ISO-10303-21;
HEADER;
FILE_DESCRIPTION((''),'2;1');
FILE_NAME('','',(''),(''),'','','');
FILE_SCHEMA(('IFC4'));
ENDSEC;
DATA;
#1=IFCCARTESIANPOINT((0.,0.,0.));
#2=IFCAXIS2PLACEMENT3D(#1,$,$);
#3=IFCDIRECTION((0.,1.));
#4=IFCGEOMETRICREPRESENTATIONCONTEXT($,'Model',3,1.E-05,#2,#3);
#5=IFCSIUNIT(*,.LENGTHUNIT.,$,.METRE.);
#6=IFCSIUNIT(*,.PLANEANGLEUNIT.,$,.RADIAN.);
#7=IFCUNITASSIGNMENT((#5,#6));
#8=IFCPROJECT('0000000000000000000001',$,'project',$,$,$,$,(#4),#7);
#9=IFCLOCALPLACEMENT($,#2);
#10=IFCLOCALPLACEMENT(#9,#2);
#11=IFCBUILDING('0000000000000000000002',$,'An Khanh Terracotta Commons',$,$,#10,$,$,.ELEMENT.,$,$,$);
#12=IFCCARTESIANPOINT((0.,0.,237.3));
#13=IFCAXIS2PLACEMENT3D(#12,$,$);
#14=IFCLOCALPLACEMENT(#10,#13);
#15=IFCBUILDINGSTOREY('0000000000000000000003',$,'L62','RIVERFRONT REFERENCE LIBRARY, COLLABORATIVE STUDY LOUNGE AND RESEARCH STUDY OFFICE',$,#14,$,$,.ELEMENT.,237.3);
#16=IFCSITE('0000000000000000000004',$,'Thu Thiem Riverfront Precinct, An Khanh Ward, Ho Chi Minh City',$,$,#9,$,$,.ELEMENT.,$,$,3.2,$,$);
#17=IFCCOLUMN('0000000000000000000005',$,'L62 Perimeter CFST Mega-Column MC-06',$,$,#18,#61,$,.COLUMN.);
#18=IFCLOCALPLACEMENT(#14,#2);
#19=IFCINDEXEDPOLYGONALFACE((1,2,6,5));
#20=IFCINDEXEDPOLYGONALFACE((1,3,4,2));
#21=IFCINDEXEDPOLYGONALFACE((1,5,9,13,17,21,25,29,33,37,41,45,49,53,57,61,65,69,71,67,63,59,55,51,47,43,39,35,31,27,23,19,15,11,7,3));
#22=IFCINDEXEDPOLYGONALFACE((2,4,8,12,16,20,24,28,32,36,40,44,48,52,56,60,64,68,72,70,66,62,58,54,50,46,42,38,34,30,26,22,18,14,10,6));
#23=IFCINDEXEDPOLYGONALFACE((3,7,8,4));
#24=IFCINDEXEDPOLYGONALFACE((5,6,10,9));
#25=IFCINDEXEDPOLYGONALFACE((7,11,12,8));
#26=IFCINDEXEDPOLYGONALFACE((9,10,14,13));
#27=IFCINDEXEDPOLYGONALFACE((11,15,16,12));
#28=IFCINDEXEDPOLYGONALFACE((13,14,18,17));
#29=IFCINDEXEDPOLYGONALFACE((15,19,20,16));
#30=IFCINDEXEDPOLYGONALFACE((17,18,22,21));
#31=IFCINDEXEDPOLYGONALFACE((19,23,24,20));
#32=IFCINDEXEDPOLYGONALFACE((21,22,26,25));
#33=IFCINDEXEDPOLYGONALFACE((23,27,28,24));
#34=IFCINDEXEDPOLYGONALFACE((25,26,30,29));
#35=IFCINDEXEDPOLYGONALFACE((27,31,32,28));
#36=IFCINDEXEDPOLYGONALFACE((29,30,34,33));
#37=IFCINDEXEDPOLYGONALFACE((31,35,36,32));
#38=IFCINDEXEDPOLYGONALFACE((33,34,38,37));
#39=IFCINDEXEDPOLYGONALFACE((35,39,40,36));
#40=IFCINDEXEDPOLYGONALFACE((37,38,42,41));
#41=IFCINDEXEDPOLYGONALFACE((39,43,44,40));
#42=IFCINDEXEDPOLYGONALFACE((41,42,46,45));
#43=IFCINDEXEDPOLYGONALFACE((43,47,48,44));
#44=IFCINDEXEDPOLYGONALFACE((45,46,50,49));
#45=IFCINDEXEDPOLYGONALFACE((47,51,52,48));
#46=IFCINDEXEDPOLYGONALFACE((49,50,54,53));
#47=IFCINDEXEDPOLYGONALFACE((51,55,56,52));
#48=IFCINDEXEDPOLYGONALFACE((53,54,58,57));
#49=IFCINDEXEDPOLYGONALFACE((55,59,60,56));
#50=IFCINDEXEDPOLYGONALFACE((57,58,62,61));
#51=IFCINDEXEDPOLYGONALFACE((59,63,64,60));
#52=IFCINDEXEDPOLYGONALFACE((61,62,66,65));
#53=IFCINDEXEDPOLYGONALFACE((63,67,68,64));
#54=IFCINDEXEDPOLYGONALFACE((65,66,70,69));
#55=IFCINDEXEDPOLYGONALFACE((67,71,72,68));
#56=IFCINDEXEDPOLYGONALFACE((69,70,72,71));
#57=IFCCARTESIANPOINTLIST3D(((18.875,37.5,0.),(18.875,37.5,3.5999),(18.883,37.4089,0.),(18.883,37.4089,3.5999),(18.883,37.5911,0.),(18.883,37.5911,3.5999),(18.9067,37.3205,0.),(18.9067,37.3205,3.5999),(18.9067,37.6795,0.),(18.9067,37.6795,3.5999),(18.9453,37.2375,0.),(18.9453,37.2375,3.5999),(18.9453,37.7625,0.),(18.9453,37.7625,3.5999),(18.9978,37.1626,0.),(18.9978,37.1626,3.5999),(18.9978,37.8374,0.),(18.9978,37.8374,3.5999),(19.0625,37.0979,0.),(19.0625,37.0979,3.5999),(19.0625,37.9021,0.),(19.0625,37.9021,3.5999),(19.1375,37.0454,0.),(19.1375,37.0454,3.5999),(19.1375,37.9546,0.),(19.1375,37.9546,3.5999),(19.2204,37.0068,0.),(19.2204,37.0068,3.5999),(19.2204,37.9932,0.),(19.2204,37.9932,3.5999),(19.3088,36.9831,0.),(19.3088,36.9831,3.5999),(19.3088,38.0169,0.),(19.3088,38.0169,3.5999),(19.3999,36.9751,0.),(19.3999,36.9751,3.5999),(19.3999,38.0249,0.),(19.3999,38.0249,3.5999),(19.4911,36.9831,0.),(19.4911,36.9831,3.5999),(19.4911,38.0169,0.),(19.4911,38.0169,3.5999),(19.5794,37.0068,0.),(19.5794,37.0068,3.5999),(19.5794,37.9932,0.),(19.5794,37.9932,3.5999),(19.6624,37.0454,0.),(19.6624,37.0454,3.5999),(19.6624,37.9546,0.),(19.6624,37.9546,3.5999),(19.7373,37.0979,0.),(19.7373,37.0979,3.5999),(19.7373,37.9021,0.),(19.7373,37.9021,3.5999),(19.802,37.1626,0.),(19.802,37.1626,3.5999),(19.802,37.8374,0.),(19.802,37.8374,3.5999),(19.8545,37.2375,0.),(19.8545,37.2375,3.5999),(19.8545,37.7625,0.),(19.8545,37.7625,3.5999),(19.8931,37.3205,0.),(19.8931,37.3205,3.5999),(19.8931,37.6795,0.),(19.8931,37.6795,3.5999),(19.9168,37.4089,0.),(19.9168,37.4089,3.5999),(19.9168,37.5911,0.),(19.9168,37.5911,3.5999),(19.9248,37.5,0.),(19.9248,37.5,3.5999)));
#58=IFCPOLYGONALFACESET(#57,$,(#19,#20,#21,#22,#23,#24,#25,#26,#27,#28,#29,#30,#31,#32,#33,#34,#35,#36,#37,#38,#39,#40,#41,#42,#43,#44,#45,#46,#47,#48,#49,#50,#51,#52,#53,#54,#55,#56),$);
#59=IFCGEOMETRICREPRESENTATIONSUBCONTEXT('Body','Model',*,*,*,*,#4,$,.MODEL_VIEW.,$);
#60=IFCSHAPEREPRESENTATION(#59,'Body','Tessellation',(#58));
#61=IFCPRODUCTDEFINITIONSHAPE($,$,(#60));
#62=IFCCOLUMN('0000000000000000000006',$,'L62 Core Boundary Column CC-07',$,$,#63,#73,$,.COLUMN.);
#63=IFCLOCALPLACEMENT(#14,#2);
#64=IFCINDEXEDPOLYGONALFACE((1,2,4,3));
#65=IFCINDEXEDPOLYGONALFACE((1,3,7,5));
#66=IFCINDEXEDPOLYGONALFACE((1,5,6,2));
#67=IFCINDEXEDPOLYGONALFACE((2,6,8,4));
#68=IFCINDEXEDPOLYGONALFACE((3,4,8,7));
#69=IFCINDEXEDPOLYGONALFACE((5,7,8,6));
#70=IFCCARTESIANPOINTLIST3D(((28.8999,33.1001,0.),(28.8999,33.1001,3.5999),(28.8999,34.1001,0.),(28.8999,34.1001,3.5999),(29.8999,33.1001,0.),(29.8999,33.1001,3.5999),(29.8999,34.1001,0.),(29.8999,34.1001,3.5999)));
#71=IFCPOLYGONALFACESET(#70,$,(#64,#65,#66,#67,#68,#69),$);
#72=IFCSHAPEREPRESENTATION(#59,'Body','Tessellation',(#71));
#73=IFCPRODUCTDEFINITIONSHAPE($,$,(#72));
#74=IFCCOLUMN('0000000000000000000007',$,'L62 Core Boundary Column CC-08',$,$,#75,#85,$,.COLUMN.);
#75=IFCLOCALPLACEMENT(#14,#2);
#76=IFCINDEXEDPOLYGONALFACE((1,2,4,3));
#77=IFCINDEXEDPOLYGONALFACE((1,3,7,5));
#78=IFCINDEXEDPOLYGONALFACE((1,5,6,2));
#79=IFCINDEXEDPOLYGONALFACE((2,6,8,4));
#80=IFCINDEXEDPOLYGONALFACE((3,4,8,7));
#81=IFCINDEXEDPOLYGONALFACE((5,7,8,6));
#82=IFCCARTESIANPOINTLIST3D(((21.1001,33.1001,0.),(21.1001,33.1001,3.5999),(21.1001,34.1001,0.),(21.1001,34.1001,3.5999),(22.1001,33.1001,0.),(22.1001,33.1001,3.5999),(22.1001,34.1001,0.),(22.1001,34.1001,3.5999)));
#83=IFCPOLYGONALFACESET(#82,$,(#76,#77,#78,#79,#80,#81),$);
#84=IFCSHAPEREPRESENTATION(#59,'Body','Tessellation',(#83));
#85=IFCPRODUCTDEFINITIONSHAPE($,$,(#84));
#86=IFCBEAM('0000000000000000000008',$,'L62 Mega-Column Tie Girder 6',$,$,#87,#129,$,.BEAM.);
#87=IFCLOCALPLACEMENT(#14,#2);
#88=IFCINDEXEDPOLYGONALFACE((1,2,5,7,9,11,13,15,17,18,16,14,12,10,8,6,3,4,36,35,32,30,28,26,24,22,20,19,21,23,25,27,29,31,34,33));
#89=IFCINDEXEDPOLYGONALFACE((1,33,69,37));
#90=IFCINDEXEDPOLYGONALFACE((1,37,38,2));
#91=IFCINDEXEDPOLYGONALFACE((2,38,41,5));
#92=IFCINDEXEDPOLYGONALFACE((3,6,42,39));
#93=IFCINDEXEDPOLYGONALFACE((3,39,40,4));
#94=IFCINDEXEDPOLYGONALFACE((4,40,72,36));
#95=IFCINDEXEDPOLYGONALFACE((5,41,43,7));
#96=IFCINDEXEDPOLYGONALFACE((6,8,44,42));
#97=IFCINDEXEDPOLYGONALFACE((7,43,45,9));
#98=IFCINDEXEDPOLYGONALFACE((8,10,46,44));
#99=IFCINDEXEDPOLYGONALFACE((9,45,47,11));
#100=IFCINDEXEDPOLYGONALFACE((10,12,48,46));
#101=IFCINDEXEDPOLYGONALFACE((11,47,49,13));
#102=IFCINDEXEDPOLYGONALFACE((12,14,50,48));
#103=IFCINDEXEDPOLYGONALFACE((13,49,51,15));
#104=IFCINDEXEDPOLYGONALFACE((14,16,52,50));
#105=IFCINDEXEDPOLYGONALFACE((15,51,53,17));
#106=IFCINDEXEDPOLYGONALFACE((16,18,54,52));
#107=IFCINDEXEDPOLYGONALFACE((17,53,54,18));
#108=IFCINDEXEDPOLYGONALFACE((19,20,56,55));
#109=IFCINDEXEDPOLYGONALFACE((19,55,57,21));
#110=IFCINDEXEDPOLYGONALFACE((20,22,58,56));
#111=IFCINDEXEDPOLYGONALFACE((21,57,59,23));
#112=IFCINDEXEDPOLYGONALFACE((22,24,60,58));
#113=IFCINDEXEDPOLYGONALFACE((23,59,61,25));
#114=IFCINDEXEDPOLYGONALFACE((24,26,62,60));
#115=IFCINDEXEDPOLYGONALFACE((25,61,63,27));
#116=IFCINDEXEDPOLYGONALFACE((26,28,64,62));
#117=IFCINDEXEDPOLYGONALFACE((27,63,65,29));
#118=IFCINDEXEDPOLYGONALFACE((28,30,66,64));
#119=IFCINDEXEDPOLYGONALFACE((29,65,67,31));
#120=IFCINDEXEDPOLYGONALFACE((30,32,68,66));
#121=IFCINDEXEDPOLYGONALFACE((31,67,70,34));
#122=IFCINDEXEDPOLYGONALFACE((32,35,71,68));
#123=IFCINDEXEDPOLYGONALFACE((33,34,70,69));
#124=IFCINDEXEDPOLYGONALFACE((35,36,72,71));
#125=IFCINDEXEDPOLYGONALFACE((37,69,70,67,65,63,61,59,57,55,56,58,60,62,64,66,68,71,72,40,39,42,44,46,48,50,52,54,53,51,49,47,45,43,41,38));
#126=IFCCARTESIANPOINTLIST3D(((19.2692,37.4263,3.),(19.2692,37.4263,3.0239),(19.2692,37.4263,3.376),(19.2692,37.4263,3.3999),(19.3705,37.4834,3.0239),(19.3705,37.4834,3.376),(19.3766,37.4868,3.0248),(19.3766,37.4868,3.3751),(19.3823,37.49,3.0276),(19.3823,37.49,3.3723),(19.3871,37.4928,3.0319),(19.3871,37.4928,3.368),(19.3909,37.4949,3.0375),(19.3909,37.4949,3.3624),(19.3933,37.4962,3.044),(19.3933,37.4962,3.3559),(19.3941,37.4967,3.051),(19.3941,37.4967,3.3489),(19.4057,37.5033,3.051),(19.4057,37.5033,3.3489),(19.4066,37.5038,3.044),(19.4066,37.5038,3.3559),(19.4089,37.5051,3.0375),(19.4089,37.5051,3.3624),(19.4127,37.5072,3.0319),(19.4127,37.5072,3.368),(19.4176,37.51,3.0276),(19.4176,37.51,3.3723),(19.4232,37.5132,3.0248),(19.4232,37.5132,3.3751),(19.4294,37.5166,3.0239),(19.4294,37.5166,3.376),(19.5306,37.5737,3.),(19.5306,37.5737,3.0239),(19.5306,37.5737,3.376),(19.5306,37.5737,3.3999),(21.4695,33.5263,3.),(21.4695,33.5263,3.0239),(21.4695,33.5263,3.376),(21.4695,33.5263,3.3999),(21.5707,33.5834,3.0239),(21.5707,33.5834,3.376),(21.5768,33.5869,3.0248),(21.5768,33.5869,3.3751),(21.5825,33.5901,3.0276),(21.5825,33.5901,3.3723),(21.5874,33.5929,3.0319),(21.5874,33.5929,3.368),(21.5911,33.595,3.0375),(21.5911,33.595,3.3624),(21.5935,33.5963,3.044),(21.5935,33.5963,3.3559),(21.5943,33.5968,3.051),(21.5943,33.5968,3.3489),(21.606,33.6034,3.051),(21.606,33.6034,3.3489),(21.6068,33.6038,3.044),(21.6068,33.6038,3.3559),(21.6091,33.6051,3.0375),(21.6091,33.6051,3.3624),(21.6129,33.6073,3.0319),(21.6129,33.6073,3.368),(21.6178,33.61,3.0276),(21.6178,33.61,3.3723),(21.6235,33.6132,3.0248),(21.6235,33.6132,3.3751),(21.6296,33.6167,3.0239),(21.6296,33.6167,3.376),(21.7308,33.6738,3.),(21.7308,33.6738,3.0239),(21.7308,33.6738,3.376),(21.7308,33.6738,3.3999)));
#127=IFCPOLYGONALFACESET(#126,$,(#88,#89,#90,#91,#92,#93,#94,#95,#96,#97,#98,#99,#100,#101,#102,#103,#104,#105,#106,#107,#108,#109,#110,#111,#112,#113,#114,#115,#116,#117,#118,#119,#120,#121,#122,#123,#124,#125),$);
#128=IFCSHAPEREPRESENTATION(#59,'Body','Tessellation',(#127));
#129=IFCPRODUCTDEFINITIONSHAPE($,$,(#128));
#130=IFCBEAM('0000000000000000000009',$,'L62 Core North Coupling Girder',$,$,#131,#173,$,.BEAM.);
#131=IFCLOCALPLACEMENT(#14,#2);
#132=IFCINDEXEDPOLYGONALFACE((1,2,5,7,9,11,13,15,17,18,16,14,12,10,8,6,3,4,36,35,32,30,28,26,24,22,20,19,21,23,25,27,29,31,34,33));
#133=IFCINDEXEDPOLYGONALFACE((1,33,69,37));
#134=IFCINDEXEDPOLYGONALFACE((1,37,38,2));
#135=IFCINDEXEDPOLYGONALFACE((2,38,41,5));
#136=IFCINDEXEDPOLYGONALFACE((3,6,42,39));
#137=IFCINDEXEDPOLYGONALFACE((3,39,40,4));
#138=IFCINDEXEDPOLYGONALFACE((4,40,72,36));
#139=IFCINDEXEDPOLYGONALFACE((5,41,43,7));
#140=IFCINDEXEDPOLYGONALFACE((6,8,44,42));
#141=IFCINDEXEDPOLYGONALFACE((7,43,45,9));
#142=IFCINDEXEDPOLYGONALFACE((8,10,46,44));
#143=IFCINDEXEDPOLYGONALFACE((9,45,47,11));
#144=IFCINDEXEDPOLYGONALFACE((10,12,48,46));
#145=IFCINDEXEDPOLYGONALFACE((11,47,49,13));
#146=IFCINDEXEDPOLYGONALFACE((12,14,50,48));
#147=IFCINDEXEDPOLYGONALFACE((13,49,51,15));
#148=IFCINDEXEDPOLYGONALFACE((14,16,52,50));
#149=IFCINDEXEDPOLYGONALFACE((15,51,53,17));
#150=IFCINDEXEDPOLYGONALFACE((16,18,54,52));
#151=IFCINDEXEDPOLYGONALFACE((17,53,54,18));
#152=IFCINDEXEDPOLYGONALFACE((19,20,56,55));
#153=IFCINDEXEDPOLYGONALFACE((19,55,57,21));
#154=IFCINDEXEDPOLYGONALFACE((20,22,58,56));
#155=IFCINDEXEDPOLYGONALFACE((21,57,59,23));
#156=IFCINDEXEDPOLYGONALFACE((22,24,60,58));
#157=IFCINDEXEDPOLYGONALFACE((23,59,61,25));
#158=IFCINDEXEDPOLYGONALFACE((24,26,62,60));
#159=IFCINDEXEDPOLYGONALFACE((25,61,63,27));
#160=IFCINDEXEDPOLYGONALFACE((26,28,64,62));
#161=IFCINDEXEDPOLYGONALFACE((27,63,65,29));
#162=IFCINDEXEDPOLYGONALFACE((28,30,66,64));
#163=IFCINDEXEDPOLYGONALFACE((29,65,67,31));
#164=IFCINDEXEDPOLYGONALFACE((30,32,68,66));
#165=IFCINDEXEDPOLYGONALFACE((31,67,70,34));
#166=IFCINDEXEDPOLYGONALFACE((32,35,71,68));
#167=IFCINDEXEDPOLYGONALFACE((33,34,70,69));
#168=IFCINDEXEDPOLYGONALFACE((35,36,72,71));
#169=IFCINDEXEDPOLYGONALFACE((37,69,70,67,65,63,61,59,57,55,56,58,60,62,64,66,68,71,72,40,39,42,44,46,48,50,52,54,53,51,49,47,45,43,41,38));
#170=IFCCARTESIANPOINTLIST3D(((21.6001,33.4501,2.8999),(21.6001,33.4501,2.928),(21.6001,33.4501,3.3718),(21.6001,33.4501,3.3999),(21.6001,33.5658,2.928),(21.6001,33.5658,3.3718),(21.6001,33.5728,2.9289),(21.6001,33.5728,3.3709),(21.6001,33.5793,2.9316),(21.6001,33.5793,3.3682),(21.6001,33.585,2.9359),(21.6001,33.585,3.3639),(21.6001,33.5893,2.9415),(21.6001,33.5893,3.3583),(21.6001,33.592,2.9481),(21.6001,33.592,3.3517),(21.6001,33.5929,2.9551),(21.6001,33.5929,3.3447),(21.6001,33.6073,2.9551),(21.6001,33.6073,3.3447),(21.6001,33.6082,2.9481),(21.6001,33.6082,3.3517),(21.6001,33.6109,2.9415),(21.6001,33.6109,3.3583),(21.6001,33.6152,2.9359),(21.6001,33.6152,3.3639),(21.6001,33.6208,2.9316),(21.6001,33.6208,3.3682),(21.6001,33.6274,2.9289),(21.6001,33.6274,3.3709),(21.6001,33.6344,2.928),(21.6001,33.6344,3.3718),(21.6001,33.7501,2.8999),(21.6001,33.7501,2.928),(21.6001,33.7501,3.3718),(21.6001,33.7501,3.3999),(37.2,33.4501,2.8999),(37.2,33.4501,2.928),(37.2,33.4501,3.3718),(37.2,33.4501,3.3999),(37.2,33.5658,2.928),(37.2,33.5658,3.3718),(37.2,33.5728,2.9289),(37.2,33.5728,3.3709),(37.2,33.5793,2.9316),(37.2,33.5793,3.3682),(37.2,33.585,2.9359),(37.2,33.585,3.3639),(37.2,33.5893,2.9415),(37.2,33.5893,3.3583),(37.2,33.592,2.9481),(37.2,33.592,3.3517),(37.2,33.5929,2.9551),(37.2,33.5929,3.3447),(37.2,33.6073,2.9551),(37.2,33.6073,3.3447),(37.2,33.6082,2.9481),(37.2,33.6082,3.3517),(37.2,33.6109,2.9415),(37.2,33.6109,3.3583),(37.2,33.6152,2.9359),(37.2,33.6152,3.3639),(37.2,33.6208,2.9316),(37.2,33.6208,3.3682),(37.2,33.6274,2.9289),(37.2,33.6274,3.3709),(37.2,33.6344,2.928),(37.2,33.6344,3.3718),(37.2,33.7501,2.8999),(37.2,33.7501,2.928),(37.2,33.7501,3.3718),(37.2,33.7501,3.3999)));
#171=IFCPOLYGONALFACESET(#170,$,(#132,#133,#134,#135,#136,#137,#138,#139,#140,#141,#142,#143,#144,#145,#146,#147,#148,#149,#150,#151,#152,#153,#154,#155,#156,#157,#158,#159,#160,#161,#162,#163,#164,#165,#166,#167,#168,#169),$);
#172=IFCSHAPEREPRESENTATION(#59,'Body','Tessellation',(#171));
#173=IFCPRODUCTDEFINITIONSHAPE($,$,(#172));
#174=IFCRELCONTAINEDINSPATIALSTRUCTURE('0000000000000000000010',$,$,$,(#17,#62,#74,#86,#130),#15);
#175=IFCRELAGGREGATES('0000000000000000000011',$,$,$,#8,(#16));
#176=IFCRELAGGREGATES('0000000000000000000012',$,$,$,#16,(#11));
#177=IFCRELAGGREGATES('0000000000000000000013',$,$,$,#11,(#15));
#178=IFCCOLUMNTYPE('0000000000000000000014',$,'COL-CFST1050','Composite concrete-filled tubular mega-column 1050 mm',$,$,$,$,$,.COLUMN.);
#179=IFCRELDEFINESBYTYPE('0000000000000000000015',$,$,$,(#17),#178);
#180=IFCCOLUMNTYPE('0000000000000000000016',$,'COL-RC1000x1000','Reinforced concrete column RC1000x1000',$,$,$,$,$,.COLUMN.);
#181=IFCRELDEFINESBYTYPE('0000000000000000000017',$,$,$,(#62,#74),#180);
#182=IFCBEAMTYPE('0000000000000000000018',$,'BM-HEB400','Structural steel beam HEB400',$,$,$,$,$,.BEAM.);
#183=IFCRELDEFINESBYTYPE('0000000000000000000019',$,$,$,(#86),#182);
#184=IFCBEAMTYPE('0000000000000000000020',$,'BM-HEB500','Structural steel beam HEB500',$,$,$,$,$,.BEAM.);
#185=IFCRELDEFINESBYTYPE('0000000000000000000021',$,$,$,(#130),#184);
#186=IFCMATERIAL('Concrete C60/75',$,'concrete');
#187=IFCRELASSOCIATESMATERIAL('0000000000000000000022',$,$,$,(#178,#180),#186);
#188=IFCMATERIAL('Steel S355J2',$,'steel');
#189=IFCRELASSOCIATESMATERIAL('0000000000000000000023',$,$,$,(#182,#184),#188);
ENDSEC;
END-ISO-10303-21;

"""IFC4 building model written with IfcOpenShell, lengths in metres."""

from ifc_helpers import new_model, si_unit, direction, frame, origin, origin_2d, place, context, subcontext, project, spatial, rectangle, circle, i_section, extrude, material, material_profile, profile_set, type_object, element, save


model = new_model("IFC4")

# Units and contexts
model_context = context("Model", 3, precision=1e-05, world=origin(), true_north=direction((0.0, 1.0)))
body_context = subcontext(model_context, "Body", "Model", "MODEL_VIEW")
ifc_project = project(units=[si_unit("LENGTHUNIT", "METRE"), si_unit("PLANEANGLEUNIT", "RADIAN")], contexts=[model_context])

# Site, building, storey
site_placement = place(None, origin())
site = spatial("IfcSite", under=ifc_project, at=site_placement, Name="Thu Thiem Riverfront Precinct, An Khanh Ward, Ho Chi Minh City", CompositionType="ELEMENT", RefElevation=3.2)
building_placement = place(site_placement, origin())
building = spatial("IfcBuilding", under=site, at=building_placement, Name="An Khanh Terracotta Commons", CompositionType="ELEMENT")
storey_placement = place(building_placement, frame((0.0, 0.0, 237.3)))
storey = spatial("IfcBuildingStorey", under=building, at=storey_placement, Name="L62", Description="RIVERFRONT REFERENCE LIBRARY, COLLABORATIVE STUDY LOUNGE AND RESEARCH STUDY OFFICE", CompositionType="ELEMENT", Elevation=237.3)

# Columns
ifc_material_1 = material(Name="Concrete C60/75", Category="concrete")
ifc_material_profile_1 = material_profile(ifc_material_1, circle(Radius=0.5249, at=origin_2d()), Name="CFST1050")
ifc_profile_set_1 = profile_set([ifc_material_profile_1], Name="Concrete C60/75")
column_type_1 = type_object("IfcColumnType", Name="COL-CFST1050", Description="Composite concrete-filled tubular mega-column 1050 mm", PredefinedType="COLUMN", material=ifc_profile_set_1)
column_placement = place(storey_placement, frame((19.3999, 37.5, 0.0), z_axis=(0.0, 0.0, 1.0), x_axis=(1.0, 0.0, 0.0)))
element("IfcColumn", 1, at=column_placement, inside=storey, type_object=column_type_1, Name="L62 Perimeter CFST Mega-Column MC-06", PredefinedType="COLUMN", context=body_context, shape_type="SweptSolid", body=[
    extrude(circle(Radius=0.5249, at=origin_2d()), origin(), (0.0, 0.0, 1.0), 3.5999),
])
ifc_material_profile_2 = material_profile(ifc_material_1, rectangle(XDim=1.0, YDim=1.0, at=origin_2d()), Name="RC1000x1000")
ifc_profile_set_2 = profile_set([ifc_material_profile_2], Name="Concrete C60/75")
column_type_2 = type_object("IfcColumnType", Name="COL-RC1000x1000", Description="Reinforced concrete column RC1000x1000", PredefinedType="COLUMN", material=ifc_profile_set_2)
for number, where, z_axis, x_axis, name in (
    (2, (29.3999, 33.6001, 0.0), (0.0, 0.0, 1.0), (1.0, 0.0, 0.0), "L62 Core Boundary Column CC-07"),
    (3, (21.6001, 33.6001, 0.0), (0.0, 0.0, 1.0), (1.0, 0.0, 0.0), "L62 Core Boundary Column CC-08"),
):
    element("IfcColumn", number, at=place(storey_placement, frame(where, z_axis=z_axis, x_axis=x_axis)), inside=storey, type_object=column_type_2, Name=name, PredefinedType="COLUMN", context=body_context, shape_type="SweptSolid", body=[
        extrude(rectangle(XDim=1.0, YDim=1.0, at=origin_2d()), origin(), (0.0, 0.0, 1.0), 3.5999),
    ])

# Beams
ifc_material_2 = material(Name="Steel S355J2", Category="steel")
ifc_material_profile_3 = material_profile(ifc_material_2, i_section(OverallWidth=0.3, OverallDepth=0.3999, WebThickness=0.0134, FlangeThickness=0.0239, FilletRadius=0.0271, at=origin_2d()), Name="HEB400")
ifc_profile_set_3 = profile_set([ifc_material_profile_3], Name="Steel S355J2")
beam_type_1 = type_object("IfcBeamType", Name="BM-HEB400", Description="Structural steel beam HEB400", PredefinedType="BEAM", material=ifc_profile_set_3)
beam_1_placement = place(storey_placement, frame((19.3999, 37.5, 3.2), z_axis=(0.491364, -0.870955, 0.0), x_axis=(0.870955, 0.491364, 0.0)))
element("IfcBeam", 4, at=beam_1_placement, inside=storey, type_object=beam_type_1, Name="L62 Mega-Column Tie Girder 6", PredefinedType="BEAM", context=body_context, shape_type="SweptSolid", body=[
    extrude(i_section(OverallWidth=0.3, OverallDepth=0.3999, WebThickness=0.0134, FlangeThickness=0.0239, FilletRadius=0.0271, at=origin_2d()), origin(), (0.0, 0.0, 1.0), 4.4778),
])
ifc_material_profile_4 = material_profile(ifc_material_2, i_section(OverallWidth=0.3, OverallDepth=0.5, WebThickness=0.0144, FlangeThickness=0.0281, FilletRadius=0.0271, at=origin_2d()), Name="HEB500")
ifc_profile_set_4 = profile_set([ifc_material_profile_4], Name="Steel S355J2")
beam_type_2 = type_object("IfcBeamType", Name="BM-HEB500", Description="Structural steel beam HEB500", PredefinedType="BEAM", material=ifc_profile_set_4)
beam_2_placement = place(storey_placement, frame((21.6001, 33.6001, 3.1499), z_axis=(1.0, 0.0, 0.0), x_axis=(0.0, 1.0, 0.0)))
element("IfcBeam", 5, at=beam_2_placement, inside=storey, type_object=beam_type_2, Name="L62 Core North Coupling Girder", PredefinedType="BEAM", context=body_context, shape_type="SweptSolid", body=[
    extrude(i_section(OverallWidth=0.3, OverallDepth=0.5, WebThickness=0.0144, FlangeThickness=0.0281, FilletRadius=0.0271, at=origin_2d()), origin(), (0.0, 0.0, 1.0), 15.5999),
])

save(model, "model.ifc")
